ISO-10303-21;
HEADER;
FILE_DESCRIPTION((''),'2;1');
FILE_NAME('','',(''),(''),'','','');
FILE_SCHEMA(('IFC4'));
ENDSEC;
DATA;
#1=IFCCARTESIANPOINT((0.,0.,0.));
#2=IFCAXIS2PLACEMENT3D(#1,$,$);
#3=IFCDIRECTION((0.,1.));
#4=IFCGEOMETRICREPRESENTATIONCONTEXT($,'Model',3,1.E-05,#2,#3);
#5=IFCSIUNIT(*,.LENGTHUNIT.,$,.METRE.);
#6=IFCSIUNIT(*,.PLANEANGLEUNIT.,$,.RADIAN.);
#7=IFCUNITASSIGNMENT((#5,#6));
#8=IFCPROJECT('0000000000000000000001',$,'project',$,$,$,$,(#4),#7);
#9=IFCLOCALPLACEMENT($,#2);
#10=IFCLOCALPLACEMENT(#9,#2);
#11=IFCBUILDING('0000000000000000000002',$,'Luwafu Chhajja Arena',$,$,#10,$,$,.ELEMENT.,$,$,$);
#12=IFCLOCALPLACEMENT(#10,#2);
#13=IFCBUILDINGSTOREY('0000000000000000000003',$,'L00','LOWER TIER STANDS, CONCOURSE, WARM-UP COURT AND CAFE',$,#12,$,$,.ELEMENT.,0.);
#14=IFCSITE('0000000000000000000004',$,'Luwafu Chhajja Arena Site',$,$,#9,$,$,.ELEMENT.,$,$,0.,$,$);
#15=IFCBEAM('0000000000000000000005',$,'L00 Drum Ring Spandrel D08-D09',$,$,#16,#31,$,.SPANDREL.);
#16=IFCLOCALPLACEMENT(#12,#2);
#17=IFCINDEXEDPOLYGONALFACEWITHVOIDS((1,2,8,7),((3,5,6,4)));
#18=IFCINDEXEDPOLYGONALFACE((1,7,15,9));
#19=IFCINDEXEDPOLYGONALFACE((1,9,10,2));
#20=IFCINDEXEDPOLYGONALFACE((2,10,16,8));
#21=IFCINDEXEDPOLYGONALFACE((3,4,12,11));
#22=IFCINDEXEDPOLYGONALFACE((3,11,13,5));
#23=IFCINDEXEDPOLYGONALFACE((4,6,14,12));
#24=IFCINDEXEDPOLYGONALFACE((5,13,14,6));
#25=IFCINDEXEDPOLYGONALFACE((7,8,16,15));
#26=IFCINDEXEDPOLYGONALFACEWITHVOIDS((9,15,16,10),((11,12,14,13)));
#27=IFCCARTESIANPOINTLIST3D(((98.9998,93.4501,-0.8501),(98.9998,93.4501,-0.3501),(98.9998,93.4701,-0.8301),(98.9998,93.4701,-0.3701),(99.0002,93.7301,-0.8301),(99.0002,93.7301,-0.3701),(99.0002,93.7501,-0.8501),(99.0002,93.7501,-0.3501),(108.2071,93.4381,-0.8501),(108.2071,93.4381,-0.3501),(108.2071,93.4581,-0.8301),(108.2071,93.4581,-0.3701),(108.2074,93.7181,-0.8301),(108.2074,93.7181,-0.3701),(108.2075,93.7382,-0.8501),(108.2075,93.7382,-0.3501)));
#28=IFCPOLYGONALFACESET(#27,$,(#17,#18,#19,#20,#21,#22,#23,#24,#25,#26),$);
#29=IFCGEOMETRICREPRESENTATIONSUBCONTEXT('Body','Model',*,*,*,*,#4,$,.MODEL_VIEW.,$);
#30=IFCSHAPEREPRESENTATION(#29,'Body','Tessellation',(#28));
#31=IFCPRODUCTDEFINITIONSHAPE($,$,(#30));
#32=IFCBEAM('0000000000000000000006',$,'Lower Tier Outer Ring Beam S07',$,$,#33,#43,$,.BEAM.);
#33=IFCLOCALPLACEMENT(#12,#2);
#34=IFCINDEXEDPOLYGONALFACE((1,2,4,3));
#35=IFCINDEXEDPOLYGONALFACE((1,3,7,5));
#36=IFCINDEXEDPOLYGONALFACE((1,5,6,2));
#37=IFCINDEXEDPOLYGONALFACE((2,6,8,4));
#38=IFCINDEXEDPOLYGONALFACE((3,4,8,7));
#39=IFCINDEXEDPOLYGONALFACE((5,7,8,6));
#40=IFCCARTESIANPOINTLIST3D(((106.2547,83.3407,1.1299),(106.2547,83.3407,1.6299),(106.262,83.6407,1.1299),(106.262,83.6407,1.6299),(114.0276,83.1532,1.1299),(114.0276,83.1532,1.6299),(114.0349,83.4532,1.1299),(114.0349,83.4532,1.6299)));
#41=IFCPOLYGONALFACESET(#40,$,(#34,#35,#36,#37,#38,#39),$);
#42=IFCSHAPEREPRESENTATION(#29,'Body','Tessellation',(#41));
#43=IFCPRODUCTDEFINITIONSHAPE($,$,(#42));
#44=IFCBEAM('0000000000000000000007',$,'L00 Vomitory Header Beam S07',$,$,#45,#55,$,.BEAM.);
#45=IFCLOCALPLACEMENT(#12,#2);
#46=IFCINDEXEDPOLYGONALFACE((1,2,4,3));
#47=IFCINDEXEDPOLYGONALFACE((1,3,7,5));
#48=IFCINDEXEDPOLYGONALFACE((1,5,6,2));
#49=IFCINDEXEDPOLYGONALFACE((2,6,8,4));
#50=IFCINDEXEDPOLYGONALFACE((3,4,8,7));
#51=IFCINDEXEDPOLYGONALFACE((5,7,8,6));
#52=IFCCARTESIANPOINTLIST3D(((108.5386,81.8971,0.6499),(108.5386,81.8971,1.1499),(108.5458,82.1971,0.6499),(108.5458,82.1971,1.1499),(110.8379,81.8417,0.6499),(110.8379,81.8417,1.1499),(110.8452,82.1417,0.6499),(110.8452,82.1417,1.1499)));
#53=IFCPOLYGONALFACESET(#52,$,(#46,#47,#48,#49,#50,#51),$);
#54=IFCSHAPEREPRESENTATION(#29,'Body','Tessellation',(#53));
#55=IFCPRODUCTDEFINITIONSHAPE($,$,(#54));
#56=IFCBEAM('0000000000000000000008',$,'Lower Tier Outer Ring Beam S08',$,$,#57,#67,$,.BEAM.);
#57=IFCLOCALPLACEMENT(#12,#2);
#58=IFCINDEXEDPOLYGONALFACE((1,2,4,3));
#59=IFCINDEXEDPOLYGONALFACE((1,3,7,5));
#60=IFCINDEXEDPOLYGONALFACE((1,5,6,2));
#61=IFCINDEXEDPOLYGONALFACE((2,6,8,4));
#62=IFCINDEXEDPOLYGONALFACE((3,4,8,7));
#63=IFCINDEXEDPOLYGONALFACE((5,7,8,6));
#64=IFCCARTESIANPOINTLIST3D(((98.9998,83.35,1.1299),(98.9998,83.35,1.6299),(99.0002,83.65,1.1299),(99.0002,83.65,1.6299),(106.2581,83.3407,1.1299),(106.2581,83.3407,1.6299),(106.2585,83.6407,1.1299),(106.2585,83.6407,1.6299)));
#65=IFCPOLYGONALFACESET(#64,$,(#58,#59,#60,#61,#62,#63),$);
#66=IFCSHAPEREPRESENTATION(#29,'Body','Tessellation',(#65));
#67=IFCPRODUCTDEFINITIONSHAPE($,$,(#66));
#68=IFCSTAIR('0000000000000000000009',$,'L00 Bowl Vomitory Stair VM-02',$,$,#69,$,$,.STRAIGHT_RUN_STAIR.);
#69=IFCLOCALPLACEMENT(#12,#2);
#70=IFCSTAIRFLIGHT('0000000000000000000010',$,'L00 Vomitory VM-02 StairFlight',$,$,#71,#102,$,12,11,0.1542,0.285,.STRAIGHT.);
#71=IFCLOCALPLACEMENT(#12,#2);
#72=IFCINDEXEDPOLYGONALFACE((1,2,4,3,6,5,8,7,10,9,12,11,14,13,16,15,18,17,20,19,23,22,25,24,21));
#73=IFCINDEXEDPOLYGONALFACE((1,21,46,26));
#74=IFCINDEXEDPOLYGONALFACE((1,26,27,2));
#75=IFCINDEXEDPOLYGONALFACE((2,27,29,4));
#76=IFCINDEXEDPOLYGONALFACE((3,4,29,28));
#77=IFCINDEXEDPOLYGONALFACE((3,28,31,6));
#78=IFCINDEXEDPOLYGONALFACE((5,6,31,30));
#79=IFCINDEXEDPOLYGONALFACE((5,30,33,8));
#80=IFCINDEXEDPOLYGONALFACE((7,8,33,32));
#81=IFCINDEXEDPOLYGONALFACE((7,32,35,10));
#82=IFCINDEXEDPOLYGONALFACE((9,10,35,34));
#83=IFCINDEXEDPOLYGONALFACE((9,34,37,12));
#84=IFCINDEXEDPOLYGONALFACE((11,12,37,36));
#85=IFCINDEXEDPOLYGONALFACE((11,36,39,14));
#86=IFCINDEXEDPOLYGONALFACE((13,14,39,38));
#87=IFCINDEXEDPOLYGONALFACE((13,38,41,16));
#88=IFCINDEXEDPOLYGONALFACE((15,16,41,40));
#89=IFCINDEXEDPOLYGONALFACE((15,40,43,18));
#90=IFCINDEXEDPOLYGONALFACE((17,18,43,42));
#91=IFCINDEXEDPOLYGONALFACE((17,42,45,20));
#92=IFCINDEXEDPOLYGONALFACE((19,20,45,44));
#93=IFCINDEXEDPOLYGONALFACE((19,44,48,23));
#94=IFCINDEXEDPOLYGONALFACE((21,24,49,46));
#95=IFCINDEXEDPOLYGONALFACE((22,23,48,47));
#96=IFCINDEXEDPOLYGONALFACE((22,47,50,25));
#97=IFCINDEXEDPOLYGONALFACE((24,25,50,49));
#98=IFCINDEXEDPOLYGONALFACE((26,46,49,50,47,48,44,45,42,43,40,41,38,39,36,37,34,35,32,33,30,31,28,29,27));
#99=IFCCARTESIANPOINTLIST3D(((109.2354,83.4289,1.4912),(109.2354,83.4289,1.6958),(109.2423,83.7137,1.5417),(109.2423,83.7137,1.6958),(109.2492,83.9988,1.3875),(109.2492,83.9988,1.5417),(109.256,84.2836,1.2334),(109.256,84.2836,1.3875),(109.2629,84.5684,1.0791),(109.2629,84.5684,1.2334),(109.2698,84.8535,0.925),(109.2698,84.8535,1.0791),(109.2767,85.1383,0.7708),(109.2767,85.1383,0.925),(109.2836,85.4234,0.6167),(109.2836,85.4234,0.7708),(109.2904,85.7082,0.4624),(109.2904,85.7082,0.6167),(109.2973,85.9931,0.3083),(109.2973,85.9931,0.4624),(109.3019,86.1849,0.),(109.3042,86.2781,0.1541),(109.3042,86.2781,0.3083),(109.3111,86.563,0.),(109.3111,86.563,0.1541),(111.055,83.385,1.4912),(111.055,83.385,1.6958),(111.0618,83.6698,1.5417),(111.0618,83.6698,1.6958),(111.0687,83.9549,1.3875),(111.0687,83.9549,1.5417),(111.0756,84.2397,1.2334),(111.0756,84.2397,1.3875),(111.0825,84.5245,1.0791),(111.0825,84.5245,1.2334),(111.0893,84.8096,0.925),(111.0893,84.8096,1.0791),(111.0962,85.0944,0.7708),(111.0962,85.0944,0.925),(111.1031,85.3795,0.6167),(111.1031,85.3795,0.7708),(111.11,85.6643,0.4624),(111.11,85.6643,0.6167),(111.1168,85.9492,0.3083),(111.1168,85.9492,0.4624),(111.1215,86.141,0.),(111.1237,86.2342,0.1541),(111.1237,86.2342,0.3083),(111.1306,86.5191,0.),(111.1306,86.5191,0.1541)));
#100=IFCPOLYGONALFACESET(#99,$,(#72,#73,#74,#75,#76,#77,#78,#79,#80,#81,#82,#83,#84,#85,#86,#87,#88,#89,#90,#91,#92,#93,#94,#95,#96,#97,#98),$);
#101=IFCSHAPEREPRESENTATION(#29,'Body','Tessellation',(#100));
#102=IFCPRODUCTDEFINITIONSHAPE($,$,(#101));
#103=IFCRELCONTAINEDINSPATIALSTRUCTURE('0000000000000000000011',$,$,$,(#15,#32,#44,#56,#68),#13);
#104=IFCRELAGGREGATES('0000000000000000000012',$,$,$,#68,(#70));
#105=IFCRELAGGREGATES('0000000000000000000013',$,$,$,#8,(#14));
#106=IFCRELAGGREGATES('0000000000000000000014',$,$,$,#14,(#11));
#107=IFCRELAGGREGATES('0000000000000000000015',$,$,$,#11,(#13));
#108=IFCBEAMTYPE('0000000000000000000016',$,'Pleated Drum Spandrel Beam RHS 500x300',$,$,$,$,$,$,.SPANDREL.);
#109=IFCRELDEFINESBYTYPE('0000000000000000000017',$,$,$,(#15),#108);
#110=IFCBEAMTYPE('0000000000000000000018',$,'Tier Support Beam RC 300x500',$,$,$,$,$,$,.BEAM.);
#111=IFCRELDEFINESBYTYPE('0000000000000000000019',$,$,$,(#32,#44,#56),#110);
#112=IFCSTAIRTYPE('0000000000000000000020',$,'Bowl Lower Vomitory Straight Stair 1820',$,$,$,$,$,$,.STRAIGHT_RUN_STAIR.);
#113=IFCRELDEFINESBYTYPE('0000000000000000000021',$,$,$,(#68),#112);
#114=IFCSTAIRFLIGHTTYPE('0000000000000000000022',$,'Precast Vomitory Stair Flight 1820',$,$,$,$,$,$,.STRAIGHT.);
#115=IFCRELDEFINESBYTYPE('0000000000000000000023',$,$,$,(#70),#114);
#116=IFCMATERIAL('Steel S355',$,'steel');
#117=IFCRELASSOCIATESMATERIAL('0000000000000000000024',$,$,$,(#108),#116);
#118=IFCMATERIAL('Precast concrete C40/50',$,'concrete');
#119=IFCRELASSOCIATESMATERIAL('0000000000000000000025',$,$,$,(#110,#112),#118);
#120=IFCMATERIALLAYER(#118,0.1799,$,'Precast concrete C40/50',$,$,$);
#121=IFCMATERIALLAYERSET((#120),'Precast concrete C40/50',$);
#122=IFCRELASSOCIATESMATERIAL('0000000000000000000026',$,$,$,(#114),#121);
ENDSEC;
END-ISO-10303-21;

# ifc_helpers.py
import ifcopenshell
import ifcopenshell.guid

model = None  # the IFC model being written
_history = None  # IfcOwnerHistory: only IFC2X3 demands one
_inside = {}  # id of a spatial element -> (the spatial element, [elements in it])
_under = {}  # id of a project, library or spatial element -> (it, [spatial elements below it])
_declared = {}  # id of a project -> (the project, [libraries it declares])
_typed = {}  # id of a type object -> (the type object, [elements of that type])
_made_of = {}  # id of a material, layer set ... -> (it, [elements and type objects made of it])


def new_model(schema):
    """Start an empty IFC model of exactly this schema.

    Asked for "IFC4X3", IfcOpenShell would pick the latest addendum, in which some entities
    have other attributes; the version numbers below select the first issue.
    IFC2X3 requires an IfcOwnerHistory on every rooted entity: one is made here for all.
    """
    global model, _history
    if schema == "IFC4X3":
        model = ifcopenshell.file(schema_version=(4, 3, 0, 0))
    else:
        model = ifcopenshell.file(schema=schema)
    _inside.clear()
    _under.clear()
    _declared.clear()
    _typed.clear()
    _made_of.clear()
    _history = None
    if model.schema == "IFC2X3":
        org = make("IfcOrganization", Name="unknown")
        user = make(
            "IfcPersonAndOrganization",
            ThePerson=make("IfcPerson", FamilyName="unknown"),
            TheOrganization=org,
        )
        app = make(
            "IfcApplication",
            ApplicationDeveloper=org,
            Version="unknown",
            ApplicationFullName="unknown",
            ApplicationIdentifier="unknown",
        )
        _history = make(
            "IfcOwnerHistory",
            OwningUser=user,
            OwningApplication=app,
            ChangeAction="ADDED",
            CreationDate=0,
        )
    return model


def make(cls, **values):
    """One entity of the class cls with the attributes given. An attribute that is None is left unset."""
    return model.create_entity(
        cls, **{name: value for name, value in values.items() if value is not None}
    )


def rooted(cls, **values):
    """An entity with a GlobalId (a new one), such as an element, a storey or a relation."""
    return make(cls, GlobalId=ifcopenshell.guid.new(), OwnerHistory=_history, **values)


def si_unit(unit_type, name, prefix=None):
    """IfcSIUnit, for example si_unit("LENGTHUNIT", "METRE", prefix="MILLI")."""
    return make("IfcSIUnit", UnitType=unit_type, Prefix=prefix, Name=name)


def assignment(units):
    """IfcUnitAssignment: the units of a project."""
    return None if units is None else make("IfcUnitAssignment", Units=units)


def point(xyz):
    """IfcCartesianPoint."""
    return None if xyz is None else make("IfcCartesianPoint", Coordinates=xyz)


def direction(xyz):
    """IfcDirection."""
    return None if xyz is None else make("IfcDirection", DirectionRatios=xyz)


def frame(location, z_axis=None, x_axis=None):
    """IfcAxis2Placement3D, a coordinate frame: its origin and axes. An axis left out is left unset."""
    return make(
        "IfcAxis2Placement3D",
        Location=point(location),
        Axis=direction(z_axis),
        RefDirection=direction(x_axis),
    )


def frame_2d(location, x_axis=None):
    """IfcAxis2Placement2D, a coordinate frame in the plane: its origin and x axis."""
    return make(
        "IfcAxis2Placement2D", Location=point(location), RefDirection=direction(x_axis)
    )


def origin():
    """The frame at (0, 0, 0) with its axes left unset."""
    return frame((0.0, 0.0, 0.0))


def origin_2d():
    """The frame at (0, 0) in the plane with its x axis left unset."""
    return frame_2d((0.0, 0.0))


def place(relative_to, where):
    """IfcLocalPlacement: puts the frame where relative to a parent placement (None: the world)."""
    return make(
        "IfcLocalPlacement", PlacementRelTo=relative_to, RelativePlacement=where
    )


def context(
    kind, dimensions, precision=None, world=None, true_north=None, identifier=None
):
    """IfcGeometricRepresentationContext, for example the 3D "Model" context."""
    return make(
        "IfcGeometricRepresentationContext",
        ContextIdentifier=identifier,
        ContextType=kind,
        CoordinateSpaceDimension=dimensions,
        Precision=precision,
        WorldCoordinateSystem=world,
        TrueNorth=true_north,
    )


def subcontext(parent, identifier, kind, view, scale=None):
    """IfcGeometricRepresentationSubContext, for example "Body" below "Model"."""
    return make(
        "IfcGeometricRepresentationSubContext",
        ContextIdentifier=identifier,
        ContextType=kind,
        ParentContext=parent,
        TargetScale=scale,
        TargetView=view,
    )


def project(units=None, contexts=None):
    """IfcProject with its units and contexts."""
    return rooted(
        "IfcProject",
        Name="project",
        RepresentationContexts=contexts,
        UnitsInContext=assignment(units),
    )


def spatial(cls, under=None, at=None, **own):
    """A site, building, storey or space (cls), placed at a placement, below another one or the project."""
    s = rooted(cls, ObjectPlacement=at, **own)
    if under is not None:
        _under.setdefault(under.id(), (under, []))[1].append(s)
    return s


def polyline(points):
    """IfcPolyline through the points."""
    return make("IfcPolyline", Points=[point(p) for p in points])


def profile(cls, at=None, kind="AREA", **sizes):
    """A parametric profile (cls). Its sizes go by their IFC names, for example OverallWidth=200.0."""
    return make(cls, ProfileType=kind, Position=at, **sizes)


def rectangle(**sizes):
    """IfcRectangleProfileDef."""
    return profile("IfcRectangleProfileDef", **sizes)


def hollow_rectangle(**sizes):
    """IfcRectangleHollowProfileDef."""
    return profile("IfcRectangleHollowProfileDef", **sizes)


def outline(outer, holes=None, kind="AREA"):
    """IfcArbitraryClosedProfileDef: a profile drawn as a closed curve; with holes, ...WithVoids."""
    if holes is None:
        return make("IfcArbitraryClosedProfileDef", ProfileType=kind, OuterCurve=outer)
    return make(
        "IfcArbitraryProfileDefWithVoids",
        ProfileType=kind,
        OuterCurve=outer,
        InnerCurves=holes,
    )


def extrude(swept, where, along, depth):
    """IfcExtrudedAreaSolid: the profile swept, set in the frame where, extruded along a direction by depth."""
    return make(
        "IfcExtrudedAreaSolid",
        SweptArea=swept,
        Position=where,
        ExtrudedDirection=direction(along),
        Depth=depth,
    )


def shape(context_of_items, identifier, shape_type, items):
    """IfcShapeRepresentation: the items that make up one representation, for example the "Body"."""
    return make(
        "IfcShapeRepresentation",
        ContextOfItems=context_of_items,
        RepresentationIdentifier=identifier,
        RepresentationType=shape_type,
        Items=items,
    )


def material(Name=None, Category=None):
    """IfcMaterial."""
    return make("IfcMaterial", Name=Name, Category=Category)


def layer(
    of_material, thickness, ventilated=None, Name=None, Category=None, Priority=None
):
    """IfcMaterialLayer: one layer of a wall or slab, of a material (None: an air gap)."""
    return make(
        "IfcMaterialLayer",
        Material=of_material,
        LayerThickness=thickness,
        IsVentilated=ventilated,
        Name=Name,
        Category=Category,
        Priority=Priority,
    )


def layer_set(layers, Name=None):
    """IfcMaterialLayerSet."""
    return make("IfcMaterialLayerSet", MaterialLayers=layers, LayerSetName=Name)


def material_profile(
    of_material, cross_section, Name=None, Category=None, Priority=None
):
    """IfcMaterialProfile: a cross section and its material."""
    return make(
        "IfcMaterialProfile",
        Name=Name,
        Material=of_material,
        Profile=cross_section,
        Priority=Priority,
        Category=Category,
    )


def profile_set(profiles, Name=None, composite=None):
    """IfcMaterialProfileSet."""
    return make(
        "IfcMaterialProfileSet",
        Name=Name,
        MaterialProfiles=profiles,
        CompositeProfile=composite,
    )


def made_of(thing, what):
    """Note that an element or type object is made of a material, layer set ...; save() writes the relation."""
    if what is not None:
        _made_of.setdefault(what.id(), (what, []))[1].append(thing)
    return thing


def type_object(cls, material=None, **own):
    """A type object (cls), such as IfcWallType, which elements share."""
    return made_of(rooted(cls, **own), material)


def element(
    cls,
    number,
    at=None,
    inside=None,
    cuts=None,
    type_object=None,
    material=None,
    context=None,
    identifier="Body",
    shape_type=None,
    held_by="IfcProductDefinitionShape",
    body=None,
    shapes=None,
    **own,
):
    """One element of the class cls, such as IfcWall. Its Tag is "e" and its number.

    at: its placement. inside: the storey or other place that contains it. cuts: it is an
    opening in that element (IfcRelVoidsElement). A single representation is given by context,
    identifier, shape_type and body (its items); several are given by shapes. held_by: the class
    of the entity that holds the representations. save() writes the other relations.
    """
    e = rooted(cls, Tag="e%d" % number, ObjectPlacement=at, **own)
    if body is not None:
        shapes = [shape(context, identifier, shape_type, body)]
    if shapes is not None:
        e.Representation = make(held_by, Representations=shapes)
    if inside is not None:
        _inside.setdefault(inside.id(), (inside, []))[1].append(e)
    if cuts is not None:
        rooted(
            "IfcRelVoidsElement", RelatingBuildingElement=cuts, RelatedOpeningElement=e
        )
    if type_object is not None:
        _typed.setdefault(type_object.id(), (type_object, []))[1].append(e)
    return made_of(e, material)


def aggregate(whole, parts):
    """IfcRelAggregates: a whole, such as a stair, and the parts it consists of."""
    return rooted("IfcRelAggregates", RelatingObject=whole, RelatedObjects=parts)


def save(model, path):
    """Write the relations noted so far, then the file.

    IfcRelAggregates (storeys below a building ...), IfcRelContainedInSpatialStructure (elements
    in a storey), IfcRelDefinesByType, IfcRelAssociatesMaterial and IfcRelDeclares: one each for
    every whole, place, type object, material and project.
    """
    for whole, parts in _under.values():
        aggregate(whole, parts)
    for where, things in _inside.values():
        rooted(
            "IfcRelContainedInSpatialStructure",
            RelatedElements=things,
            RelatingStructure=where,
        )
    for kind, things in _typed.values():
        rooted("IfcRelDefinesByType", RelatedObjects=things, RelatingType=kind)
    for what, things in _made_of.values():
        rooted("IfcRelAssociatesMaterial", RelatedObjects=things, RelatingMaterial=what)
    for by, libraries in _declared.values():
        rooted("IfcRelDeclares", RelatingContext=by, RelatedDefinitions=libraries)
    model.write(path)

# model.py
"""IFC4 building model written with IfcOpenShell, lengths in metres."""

from ifc_helpers import new_model, si_unit, direction, frame, origin, origin_2d, place, context, subcontext, project, spatial, polyline, rectangle, hollow_rectangle, outline, extrude, material, layer, layer_set, material_profile, profile_set, type_object, element, aggregate, save


model = new_model("IFC4")

# Units and contexts
model_context = context("Model", 3, precision=1e-05, world=origin(), true_north=direction((0.0, 1.0)))
body_context = subcontext(model_context, "Body", "Model", "MODEL_VIEW")
ifc_project = project(units=[si_unit("LENGTHUNIT", "METRE"), si_unit("PLANEANGLEUNIT", "RADIAN")], contexts=[model_context])

# Site, building, storey
site_placement = place(None, origin())
site = spatial("IfcSite", under=ifc_project, at=site_placement, Name="Luwafu Chhajja Arena Site", CompositionType="ELEMENT", RefElevation=0.0)
building_placement = place(site_placement, origin())
building = spatial("IfcBuilding", under=site, at=building_placement, Name="Luwafu Chhajja Arena", CompositionType="ELEMENT")
storey_placement = place(building_placement, origin())
storey = spatial("IfcBuildingStorey", under=building, at=storey_placement, Name="L00", Description="LOWER TIER STANDS, CONCOURSE, WARM-UP COURT AND CAFE", CompositionType="ELEMENT", Elevation=0.0)

# Shared definitions
ifc_material_1 = material(Name="Steel S355", Category="steel")

# Beams
ifc_material_profile_1 = material_profile(ifc_material_1, hollow_rectangle(XDim=0.3, YDim=0.5, WallThickness=0.02, at=origin_2d()), Name="RHS 500x300x20")
ifc_profile_set_1 = profile_set([ifc_material_profile_1], Name="Steel S355")
beam_type_1 = type_object("IfcBeamType", Name="Pleated Drum Spandrel Beam RHS 500x300", PredefinedType="SPANDREL", material=ifc_profile_set_1)
beam_1_placement = place(storey_placement, frame((108.2073, 93.5881, -0.6001), z_axis=(-0.999999, 0.001299, 0.0), x_axis=(-0.001299, -0.999999, 0.0)))
element("IfcBeam", 1, at=beam_1_placement, inside=storey, type_object=beam_type_1, Name="L00 Drum Ring Spandrel D08-D09", PredefinedType="SPANDREL", context=body_context, shape_type="SweptSolid", body=[
    extrude(hollow_rectangle(XDim=0.3, YDim=0.5, WallThickness=0.02, at=origin_2d()), origin(), (0.0, 0.0, 1.0), 9.2073),
])
ifc_material_2 = material(Name="Precast concrete C40/50", Category="concrete")
ifc_material_profile_2 = material_profile(ifc_material_2, rectangle(XDim=0.3, YDim=0.5, at=origin_2d()), Name="RC 300x500")
ifc_profile_set_2 = profile_set([ifc_material_profile_2], Name="Precast concrete C40/50")
beam_type_2 = type_object("IfcBeamType", Name="Tier Support Beam RC 300x500", PredefinedType="BEAM", material=ifc_profile_set_2)
beam_2_placement = place(storey_placement, frame((114.0312, 83.3032, 1.3799), z_axis=(-0.999709, 0.024115, 0.0), x_axis=(-0.024115, -0.999709, 0.0)))
element("IfcBeam", 2, at=beam_2_placement, inside=storey, type_object=beam_type_2, Name="Lower Tier Outer Ring Beam S07", PredefinedType="BEAM", context=body_context, shape_type="SweptSolid", body=[
    extrude(rectangle(XDim=0.3, YDim=0.5, at=origin_2d()), origin(), (0.0, 0.0, 1.0), 7.7751),
])
beam_3_placement = place(storey_placement, frame((110.8416, 81.9917, 0.8999), z_axis=(-0.99971, 0.024096, 0.0), x_axis=(-0.024096, -0.99971, 0.0)))
element("IfcBeam", 3, at=beam_3_placement, inside=storey, type_object=beam_type_2, Name="L00 Vomitory Header Beam S07", PredefinedType="BEAM", context=body_context, shape_type="SweptSolid", body=[
    extrude(rectangle(XDim=0.3, YDim=0.5, at=origin_2d()), origin(), (0.0, 0.0, 1.0), 2.3),
])
beam_4_placement = place(storey_placement, frame((106.2583, 83.4907, 1.3799), z_axis=(-0.999999, 0.001278, 0.0), x_axis=(-0.001278, -0.999999, 0.0)))
element("IfcBeam", 4, at=beam_4_placement, inside=storey, type_object=beam_type_2, Name="Lower Tier Outer Ring Beam S08", PredefinedType="BEAM", context=body_context, shape_type="SweptSolid", body=[
    extrude(rectangle(XDim=0.3, YDim=0.5, at=origin_2d()), origin(), (0.0, 0.0, 1.0), 7.2583),
])

# Stair, stair flight
stair_type = type_object("IfcStairType", Name="Bowl Lower Vomitory Straight Stair 1820", PredefinedType="STRAIGHT_RUN_STAIR", material=ifc_material_2)
stair_placement = place(storey_placement, origin())
stair = element("IfcStair", 5, at=stair_placement, inside=storey, type_object=stair_type, Name="L00 Bowl Vomitory Stair VM-02", PredefinedType="STRAIGHT_RUN_STAIR")
ifc_layer_1 = layer(ifc_material_2, 0.1799, Name="Precast concrete C40/50")
ifc_layer_set_1 = layer_set([ifc_layer_1], Name="Precast concrete C40/50")
stair_flight_type = type_object("IfcStairFlightType", Name="Precast Vomitory Stair Flight 1820", PredefinedType="STRAIGHT", material=ifc_layer_set_1)
stair_flight_placement = place(storey_placement, frame((110.2207, 86.541, 0.0), z_axis=(0.0, 0.0, 1.0), x_axis=(-0.024129, -0.999709, 0.0)))
stair_flight = element("IfcStairFlight", 6, at=stair_flight_placement, type_object=stair_flight_type, Name="L00 Vomitory VM-02 StairFlight", NumberOfRisers=12, NumberOfTreads=11, PredefinedType="STRAIGHT", RiserHeight=0.1542, TreadLength=0.285, context=body_context, shape_type="SweptSolid", body=[
    extrude(outline(polyline([(0.0, 0.0), (0.0, 0.1541), (0.2849, 0.1541), (0.2849, 0.3083), (0.5701, 0.3083), (0.5701, 0.4624), (0.855, 0.4624), (0.855, 0.6167), (1.1399, 0.6167), (1.1399, 0.7708), (1.425, 0.7708), (1.425, 0.925), (1.71, 0.925), (1.71, 1.0791), (1.9951, 1.0791), (1.9951, 1.2334), (2.28, 1.2334), (2.28, 1.3875), (2.5649, 1.3875), (2.5649, 1.5417), (2.8501, 1.5417), (2.8501, 1.6958), (3.135, 1.6958), (3.135, 1.8501), (3.135, 1.4912), (0.3782, 0.0), (0.0, 0.0)])), frame((0.0, 0.9102, 0.0), z_axis=(0.0, -1.0, 0.0), x_axis=(1.0, 0.0, 0.0)), (0.0, 0.0, 1.0), 1.8201),
])
aggregate(stair, [stair_flight])

save(model, "model.ifc")
